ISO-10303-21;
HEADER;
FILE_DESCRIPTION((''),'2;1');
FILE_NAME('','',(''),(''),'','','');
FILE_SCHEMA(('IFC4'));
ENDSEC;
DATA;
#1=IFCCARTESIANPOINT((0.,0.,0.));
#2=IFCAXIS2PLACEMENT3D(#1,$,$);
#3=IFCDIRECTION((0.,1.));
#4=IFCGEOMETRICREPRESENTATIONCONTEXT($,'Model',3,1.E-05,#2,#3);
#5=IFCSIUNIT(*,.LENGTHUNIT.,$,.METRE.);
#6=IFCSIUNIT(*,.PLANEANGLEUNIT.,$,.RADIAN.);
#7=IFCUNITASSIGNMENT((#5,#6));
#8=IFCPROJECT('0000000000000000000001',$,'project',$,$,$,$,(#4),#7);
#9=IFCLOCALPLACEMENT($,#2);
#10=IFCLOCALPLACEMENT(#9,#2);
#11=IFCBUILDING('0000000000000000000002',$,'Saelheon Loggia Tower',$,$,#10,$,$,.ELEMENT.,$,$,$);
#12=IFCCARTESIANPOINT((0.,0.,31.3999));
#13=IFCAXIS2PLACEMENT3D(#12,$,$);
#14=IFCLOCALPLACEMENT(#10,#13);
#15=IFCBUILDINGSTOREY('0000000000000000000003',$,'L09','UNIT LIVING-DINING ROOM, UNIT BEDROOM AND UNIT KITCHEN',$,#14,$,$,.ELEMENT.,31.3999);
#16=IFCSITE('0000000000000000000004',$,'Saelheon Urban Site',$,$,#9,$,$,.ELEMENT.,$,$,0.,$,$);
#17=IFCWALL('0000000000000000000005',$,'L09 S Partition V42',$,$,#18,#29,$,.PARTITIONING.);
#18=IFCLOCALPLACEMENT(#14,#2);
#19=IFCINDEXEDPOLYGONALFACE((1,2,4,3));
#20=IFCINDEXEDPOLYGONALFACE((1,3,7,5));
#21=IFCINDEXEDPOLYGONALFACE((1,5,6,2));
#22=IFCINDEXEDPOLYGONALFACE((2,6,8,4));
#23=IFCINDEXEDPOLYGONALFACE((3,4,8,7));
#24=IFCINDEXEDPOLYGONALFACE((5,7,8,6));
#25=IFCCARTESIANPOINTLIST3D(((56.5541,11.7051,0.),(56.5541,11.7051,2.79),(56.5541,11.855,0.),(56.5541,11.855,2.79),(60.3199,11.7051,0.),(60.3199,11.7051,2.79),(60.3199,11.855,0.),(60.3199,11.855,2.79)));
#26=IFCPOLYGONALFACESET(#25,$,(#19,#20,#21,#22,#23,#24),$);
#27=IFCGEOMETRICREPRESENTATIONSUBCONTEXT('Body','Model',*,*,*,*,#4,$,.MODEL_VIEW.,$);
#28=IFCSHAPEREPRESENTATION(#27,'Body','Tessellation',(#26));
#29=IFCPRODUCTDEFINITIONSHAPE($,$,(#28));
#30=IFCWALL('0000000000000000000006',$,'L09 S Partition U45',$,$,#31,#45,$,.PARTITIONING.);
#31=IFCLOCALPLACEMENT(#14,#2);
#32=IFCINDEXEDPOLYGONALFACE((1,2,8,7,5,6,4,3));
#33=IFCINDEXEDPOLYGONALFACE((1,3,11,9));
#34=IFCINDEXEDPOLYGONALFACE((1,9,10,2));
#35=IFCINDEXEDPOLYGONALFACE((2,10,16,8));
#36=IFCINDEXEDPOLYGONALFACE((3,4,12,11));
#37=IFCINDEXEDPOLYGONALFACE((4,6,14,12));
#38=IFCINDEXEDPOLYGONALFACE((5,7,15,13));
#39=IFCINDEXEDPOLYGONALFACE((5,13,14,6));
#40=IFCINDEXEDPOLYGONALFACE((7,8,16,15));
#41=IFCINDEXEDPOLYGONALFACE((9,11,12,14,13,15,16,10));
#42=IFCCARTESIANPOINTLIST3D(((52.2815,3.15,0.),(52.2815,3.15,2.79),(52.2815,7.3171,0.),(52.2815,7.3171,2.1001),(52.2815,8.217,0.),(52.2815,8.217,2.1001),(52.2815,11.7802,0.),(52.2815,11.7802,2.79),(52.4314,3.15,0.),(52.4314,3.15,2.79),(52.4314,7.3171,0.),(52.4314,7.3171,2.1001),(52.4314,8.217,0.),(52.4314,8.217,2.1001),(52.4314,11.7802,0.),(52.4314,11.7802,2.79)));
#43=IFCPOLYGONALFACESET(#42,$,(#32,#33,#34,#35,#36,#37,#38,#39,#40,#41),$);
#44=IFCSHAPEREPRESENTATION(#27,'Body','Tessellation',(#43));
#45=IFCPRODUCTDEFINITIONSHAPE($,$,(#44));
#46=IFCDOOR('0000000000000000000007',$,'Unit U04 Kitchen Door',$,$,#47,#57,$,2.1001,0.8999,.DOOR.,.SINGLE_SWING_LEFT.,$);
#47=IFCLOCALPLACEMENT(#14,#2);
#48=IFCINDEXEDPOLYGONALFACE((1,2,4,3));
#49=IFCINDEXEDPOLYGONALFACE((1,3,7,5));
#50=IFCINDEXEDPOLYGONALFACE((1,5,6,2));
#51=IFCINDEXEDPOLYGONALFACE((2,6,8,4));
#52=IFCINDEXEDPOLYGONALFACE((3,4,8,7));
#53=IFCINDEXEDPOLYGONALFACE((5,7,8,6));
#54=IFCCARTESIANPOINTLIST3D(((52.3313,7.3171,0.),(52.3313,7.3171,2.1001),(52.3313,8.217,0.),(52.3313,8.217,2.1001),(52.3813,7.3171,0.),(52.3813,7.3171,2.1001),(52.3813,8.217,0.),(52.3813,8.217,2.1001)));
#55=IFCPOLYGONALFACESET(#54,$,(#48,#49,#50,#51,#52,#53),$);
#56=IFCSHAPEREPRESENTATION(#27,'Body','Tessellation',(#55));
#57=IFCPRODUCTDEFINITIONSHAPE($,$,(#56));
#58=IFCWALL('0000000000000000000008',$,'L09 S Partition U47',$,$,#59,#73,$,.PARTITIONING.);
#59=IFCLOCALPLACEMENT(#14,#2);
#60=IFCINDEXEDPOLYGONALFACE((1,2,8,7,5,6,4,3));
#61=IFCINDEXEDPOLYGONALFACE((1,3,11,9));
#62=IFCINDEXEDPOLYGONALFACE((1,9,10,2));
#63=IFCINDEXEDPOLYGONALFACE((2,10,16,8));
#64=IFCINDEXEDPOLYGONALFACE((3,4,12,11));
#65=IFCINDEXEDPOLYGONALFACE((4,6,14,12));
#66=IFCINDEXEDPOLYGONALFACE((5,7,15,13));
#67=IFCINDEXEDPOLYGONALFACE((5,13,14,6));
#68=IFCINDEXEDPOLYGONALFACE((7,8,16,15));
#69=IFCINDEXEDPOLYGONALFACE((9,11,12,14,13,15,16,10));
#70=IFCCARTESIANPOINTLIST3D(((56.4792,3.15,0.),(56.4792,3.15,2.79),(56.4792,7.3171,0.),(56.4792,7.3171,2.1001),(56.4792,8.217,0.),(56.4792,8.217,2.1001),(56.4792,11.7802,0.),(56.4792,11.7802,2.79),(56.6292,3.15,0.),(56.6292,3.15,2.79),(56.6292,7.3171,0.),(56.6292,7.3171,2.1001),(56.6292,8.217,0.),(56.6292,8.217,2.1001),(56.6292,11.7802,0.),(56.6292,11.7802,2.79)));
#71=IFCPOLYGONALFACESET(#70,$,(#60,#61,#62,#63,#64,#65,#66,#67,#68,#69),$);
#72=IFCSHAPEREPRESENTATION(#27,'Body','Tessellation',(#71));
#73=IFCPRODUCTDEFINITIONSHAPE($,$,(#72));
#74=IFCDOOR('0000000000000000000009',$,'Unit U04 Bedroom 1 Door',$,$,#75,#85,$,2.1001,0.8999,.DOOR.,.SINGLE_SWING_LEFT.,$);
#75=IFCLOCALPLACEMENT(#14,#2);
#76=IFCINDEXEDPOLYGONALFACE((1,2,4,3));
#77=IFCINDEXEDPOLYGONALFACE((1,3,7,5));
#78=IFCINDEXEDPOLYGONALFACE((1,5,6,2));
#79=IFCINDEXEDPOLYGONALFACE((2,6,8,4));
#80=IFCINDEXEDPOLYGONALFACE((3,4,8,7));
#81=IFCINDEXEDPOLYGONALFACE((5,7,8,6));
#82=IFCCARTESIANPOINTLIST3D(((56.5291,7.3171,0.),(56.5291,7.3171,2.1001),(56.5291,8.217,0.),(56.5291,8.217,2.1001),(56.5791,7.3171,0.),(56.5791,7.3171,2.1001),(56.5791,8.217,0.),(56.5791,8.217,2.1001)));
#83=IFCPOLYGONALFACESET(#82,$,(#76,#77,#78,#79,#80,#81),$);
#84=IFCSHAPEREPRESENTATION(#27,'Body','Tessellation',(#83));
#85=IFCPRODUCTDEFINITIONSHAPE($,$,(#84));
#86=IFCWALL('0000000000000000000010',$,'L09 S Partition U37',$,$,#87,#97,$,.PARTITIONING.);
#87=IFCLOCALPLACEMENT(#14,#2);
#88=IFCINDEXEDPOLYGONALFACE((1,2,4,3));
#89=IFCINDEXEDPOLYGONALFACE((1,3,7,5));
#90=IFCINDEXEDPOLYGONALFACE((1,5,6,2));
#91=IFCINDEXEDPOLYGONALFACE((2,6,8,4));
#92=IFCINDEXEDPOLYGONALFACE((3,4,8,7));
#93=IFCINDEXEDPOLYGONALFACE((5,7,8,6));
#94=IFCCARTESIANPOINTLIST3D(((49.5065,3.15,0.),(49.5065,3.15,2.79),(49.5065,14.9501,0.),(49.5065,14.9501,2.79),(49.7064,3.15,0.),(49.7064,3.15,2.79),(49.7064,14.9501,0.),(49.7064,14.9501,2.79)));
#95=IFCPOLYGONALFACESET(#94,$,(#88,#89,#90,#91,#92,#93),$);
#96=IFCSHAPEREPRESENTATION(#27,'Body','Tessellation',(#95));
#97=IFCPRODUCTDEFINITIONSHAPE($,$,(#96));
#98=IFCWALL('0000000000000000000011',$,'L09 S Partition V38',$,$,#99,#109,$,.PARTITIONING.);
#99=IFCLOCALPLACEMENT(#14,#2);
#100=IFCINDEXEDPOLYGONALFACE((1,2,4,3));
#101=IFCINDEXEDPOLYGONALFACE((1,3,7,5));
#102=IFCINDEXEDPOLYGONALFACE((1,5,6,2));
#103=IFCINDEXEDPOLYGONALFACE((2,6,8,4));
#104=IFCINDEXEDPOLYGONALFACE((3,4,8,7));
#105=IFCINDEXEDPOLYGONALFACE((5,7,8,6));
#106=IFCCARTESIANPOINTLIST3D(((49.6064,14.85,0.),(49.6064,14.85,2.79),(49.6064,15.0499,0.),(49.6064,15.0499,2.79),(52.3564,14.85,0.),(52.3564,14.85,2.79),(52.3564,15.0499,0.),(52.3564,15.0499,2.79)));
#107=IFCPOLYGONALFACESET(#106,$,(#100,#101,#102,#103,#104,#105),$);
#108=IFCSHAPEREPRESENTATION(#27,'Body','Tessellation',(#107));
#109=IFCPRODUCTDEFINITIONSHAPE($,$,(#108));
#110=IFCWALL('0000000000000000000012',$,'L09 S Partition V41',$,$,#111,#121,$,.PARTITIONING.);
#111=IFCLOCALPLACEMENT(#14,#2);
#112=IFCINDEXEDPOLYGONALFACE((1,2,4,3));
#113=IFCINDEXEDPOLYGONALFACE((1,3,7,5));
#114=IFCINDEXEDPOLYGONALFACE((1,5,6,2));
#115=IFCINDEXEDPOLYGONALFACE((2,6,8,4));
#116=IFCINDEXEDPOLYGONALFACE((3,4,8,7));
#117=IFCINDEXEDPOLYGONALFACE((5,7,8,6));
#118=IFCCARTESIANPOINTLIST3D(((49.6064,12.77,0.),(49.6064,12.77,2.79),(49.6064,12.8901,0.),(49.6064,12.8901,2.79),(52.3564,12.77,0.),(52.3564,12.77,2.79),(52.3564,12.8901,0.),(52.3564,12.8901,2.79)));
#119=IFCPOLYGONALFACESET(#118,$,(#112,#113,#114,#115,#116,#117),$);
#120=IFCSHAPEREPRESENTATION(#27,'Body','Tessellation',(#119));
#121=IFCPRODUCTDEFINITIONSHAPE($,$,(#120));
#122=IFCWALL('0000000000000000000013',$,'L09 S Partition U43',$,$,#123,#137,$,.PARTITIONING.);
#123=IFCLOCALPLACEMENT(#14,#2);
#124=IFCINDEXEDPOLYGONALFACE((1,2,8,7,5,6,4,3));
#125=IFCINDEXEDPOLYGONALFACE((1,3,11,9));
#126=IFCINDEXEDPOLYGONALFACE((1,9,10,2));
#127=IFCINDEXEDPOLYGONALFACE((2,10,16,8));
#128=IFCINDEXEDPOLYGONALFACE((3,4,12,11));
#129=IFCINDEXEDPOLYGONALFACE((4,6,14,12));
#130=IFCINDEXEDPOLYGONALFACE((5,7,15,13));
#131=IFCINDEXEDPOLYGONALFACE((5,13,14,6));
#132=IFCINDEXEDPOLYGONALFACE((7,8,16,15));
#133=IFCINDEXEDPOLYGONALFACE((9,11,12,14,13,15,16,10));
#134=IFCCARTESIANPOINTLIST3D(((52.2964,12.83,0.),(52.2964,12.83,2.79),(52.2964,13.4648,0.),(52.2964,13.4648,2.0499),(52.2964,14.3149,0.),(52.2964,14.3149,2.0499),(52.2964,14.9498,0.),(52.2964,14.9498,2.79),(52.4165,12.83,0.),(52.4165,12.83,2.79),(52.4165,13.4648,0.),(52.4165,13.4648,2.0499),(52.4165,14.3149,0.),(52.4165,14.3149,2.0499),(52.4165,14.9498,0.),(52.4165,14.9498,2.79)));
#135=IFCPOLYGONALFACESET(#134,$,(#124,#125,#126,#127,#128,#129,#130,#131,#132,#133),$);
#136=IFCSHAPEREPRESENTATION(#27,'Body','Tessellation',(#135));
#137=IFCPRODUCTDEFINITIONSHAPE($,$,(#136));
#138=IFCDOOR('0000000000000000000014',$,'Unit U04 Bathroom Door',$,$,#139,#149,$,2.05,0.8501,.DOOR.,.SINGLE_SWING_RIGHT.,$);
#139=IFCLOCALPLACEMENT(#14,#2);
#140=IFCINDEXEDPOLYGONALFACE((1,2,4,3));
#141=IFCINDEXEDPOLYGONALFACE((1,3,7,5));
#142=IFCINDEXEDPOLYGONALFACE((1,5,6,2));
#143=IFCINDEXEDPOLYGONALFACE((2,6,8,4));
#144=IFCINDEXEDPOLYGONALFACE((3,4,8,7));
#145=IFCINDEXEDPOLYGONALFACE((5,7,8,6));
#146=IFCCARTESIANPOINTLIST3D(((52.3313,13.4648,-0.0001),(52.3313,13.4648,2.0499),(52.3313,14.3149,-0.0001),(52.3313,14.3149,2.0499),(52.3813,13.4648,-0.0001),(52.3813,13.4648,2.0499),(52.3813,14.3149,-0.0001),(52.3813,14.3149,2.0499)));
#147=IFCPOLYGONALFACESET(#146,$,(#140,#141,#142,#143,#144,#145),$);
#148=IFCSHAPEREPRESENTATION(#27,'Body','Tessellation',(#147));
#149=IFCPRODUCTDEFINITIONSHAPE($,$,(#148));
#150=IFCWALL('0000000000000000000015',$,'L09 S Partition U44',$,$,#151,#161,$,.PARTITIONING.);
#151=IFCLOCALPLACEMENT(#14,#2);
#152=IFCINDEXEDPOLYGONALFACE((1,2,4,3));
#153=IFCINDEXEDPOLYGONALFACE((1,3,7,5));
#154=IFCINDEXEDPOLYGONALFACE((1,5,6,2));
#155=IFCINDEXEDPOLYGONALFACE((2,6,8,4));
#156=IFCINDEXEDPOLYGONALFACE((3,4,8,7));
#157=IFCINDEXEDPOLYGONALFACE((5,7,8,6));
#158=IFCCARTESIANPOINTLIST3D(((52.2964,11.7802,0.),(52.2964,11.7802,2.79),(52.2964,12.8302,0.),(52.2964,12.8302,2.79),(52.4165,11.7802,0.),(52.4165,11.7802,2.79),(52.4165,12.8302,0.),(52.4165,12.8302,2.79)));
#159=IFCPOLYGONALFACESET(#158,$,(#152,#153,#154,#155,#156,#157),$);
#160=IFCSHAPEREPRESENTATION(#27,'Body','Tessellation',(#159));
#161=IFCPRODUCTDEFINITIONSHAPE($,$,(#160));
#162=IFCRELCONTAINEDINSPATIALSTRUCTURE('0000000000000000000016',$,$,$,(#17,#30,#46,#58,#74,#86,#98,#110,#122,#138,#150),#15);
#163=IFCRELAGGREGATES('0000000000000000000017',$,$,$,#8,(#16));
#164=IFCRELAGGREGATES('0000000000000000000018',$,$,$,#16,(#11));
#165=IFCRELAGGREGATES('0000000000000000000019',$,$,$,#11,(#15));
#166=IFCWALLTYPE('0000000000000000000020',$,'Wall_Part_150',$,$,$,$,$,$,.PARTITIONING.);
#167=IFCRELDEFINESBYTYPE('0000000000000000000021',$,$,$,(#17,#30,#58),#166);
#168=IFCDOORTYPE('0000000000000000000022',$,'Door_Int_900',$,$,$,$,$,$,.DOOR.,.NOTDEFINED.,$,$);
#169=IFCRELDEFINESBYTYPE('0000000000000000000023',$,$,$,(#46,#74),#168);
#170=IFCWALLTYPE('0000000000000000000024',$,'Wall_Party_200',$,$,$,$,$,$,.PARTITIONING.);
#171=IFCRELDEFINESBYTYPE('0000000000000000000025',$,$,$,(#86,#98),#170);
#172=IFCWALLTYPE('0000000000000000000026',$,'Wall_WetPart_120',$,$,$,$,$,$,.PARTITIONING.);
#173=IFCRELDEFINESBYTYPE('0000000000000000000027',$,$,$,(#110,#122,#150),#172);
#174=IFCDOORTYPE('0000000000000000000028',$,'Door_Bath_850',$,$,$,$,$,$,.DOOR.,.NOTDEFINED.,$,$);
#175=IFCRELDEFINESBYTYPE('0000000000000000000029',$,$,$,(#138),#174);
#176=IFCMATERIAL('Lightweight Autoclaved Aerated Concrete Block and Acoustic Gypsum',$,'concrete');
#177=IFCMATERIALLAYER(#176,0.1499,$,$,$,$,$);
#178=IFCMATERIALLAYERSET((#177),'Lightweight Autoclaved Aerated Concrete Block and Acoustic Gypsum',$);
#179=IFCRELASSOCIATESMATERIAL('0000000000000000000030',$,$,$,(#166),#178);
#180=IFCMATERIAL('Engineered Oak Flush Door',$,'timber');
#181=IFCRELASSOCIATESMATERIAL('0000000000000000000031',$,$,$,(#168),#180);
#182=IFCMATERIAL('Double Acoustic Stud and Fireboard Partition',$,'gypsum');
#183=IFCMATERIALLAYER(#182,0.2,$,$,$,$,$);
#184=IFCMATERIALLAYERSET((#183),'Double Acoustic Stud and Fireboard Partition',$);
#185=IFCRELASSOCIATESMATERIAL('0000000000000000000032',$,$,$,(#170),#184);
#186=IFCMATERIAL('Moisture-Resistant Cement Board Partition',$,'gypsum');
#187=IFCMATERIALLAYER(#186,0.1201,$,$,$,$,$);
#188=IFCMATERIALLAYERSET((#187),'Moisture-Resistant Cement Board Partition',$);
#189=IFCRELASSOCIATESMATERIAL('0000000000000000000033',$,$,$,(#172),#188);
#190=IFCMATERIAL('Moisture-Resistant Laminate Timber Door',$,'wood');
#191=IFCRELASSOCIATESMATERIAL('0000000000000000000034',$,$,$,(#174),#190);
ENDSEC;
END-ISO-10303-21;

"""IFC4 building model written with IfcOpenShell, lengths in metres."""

from ifc_helpers import new_model, si_unit, direction, frame, frame_2d, origin, place, context, subcontext, project, spatial, rectangle, extrude, source, transform, mapped, material, layer, layer_set, type_object, element, fill, save


model = new_model("IFC4")

# Units and contexts
model_context = context("Model", 3, precision=1e-05, world=origin(), true_north=direction((0.0, 1.0)))
body_context = subcontext(model_context, "Body", "Model", "MODEL_VIEW")
ifc_project = project(units=[si_unit("LENGTHUNIT", "METRE"), si_unit("PLANEANGLEUNIT", "RADIAN")], contexts=[model_context])

# Site, building, storey
site_placement = place(None, origin())
site = spatial("IfcSite", under=ifc_project, at=site_placement, Name="Saelheon Urban Site", CompositionType="ELEMENT", RefElevation=0.0)
building_placement = place(site_placement, origin())
building = spatial("IfcBuilding", under=site, at=building_placement, Name="Saelheon Loggia Tower", CompositionType="ELEMENT")
storey_placement = place(building_placement, frame((0.0, 0.0, 31.3999)))
storey = spatial("IfcBuildingStorey", under=building, at=storey_placement, Name="L09", Description="UNIT LIVING-DINING ROOM, UNIT BEDROOM AND UNIT KITCHEN", CompositionType="ELEMENT", Elevation=31.3999)

# Wall
ifc_material_1 = material(Name="Lightweight Autoclaved Aerated Concrete Block and Acoustic Gypsum", Category="concrete")
ifc_layer_1 = layer(ifc_material_1, 0.1499)
ifc_layer_set_1 = layer_set([ifc_layer_1], Name="Lightweight Autoclaved Aerated Concrete Block and Acoustic Gypsum")
wall_type_1 = type_object("IfcWallType", Name="Wall_Part_150", PredefinedType="PARTITIONING", material=ifc_layer_set_1)
wall_1_placement = place(storey_placement, frame((56.5542, 11.78, 0.0), z_axis=(0.0, 0.0, 1.0), x_axis=(1.0, 0.0, 0.0)))
element("IfcWall", 1, at=wall_1_placement, inside=storey, type_object=wall_type_1, Name="L09 S Partition V42", PredefinedType="PARTITIONING", context=body_context, shape_type="SweptSolid", body=[
    extrude(rectangle(XDim=3.7659, YDim=0.1499, at=frame_2d((1.8828, 0.0))), origin(), (0.0, 0.0, 1.0), 2.79),
])

# Walls, openings, doors
wall_2_placement = place(storey_placement, frame((52.3564, 11.78, 0.0), z_axis=(0.0, 0.0, 1.0), x_axis=(0.0, -1.0, 0.0)))
wall_2 = element("IfcWall", 2, at=wall_2_placement, inside=storey, type_object=wall_type_1, Name="L09 S Partition U45", PredefinedType="PARTITIONING", context=body_context, shape_type="SweptSolid", body=[
    extrude(rectangle(XDim=8.6301, YDim=0.1499, at=frame_2d((4.3149, 0.0))), origin(), (0.0, 0.0, 1.0), 2.79),
])
opening_1_placement = place(wall_2_placement, frame((3.563, 0.0, 0.0)))
opening_1 = element("IfcOpeningElement", 3, at=opening_1_placement, cuts=wall_2, PredefinedType="OPENING", context=body_context, shape_type="SweptSolid", body=[
    extrude(rectangle(XDim=0.8999, YDim=2.1001, at=frame_2d((0.45, 1.05))), frame((0.0, 0.0869, 0.0), z_axis=(0.0, -1.0, 0.0), x_axis=(1.0, 0.0, 0.0)), (0.0, 0.0, 1.0), 0.1738),
])
ifc_material_2 = material(Name="Engineered Oak Flush Door", Category="timber")
door_type_1 = type_object("IfcDoorType", Name="Door_Int_900", OperationType="NOTDEFINED", PredefinedType="DOOR", material=ifc_material_2)
shared_shape_1 = source(origin(), body_context, "Body", "SweptSolid", [
    extrude(rectangle(XDim=0.8999, YDim=2.1001, at=frame_2d((0.45, 1.05))), frame((0.0, 0.0249, 0.0), z_axis=(0.0, -1.0, 0.0), x_axis=(1.0, 0.0, 0.0)), (0.0, 0.0, 1.0), 0.05),
])
door_1_placement = place(opening_1_placement, origin())
door_1 = element("IfcDoor", 4, at=door_1_placement, inside=storey, type_object=door_type_1, Name="Unit U04 Kitchen Door", OperationType="SINGLE_SWING_LEFT", OverallHeight=2.1001, OverallWidth=0.8999, PredefinedType="DOOR", context=body_context, shape_type="MappedRepresentation", body=[
    mapped(shared_shape_1, transform((0.0, 0.0, 0.0), scale=1.0)),
])
fill(opening_1, door_1)
wall_3_placement = place(storey_placement, frame((56.5542, 11.78, 0.0), z_axis=(0.0, 0.0, 1.0), x_axis=(0.0, -1.0, 0.0)))
wall_3 = element("IfcWall", 5, at=wall_3_placement, inside=storey, type_object=wall_type_1, Name="L09 S Partition U47", PredefinedType="PARTITIONING", context=body_context, shape_type="SweptSolid", body=[
    extrude(rectangle(XDim=8.6301, YDim=0.1499, at=frame_2d((4.3149, 0.0))), origin(), (0.0, 0.0, 1.0), 2.79),
])
opening_2_placement = place(wall_3_placement, frame((3.563, 0.0, 0.0)))
opening_2 = element("IfcOpeningElement", 6, at=opening_2_placement, cuts=wall_3, PredefinedType="OPENING", context=body_context, shape_type="SweptSolid", body=[
    extrude(rectangle(XDim=0.8999, YDim=2.1001, at=frame_2d((0.45, 1.05))), frame((0.0, 0.0869, 0.0), z_axis=(0.0, -1.0, 0.0), x_axis=(1.0, 0.0, 0.0)), (0.0, 0.0, 1.0), 0.1738),
])
door_2_placement = place(opening_2_placement, origin())
door_2 = element("IfcDoor", 7, at=door_2_placement, inside=storey, type_object=door_type_1, Name="Unit U04 Bedroom 1 Door", OperationType="SINGLE_SWING_LEFT", OverallHeight=2.1001, OverallWidth=0.8999, PredefinedType="DOOR", context=body_context, shape_type="MappedRepresentation", body=[
    mapped(shared_shape_1, transform((0.0, 0.0, 0.0), scale=1.0)),
])
fill(opening_2, door_2)

# Walls
ifc_material_3 = material(Name="Double Acoustic Stud and Fireboard Partition", Category="gypsum")
ifc_layer_2 = layer(ifc_material_3, 0.2)
ifc_layer_set_2 = layer_set([ifc_layer_2], Name="Double Acoustic Stud and Fireboard Partition")
wall_type_2 = type_object("IfcWallType", Name="Wall_Party_200", PredefinedType="PARTITIONING", material=ifc_layer_set_2)
wall_4_placement = place(storey_placement, frame((49.6064, 14.95, 0.0), z_axis=(0.0, 0.0, 1.0), x_axis=(0.0, -1.0, 0.0)))
element("IfcWall", 8, at=wall_4_placement, inside=storey, type_object=wall_type_2, Name="L09 S Partition U37", PredefinedType="PARTITIONING", context=body_context, shape_type="SweptSolid", body=[
    extrude(rectangle(XDim=11.8, YDim=0.2, at=frame_2d((5.8999, 0.0))), origin(), (0.0, 0.0, 1.0), 2.79),
])
wall_5_placement = place(storey_placement, frame((49.6064, 14.95, 0.0), z_axis=(0.0, 0.0, 1.0), x_axis=(1.0, 0.0, 0.0)))
element("IfcWall", 9, at=wall_5_placement, inside=storey, type_object=wall_type_2, Name="L09 S Partition V38", PredefinedType="PARTITIONING", context=body_context, shape_type="SweptSolid", body=[
    extrude(rectangle(XDim=2.75, YDim=0.2, at=frame_2d((1.375, 0.0))), origin(), (0.0, 0.0, 1.0), 2.79),
])

# Wall
ifc_material_4 = material(Name="Moisture-Resistant Cement Board Partition", Category="gypsum")
ifc_layer_3 = layer(ifc_material_4, 0.1201)
ifc_layer_set_3 = layer_set([ifc_layer_3], Name="Moisture-Resistant Cement Board Partition")
wall_type_3 = type_object("IfcWallType", Name="Wall_WetPart_120", PredefinedType="PARTITIONING", material=ifc_layer_set_3)
wall_6_placement = place(storey_placement, frame((49.6064, 12.8301, 0.0), z_axis=(0.0, 0.0, 1.0), x_axis=(1.0, 0.0, 0.0)))
element("IfcWall", 10, at=wall_6_placement, inside=storey, type_object=wall_type_3, Name="L09 S Partition V41", PredefinedType="PARTITIONING", context=body_context, shape_type="SweptSolid", body=[
    extrude(rectangle(XDim=2.75, YDim=0.1201, at=frame_2d((1.375, 0.0))), origin(), (0.0, 0.0, 1.0), 2.79),
])

# Wall, opening, door
wall_7_placement = place(storey_placement, frame((52.3564, 14.95, 0.0), z_axis=(0.0, 0.0, 1.0), x_axis=(0.0, -1.0, 0.0)))
wall_7 = element("IfcWall", 11, at=wall_7_placement, inside=storey, type_object=wall_type_3, Name="L09 S Partition U43", PredefinedType="PARTITIONING", context=body_context, shape_type="SweptSolid", body=[
    extrude(rectangle(XDim=2.1199, YDim=0.1201, at=frame_2d((1.0601, 0.0))), origin(), (0.0, 0.0, 1.0), 2.79),
])
opening_3_placement = place(wall_7_placement, frame((0.635, 0.0, 0.0)))
opening_3 = element("IfcOpeningElement", 12, at=opening_3_placement, cuts=wall_7, PredefinedType="OPENING", context=body_context, shape_type="SweptSolid", body=[
    extrude(rectangle(XDim=0.8501, YDim=2.05, at=frame_2d((0.425, 1.0249))), frame((0.0, 0.072, 0.0), z_axis=(0.0, -1.0, 0.0), x_axis=(1.0, 0.0, 0.0)), (0.0, 0.0, 1.0), 0.144),
])
ifc_material_5 = material(Name="Moisture-Resistant Laminate Timber Door", Category="wood")
door_type_2 = type_object("IfcDoorType", Name="Door_Bath_850", OperationType="NOTDEFINED", PredefinedType="DOOR", material=ifc_material_5)
shared_shape_2 = source(origin(), body_context, "Body", "SweptSolid", [
    extrude(rectangle(XDim=0.8501, YDim=2.05, at=frame_2d((0.425, 1.0249))), frame((0.0, 0.0249, 0.0), z_axis=(0.0, -1.0, 0.0), x_axis=(1.0, 0.0, 0.0)), (0.0, 0.0, 1.0), 0.05),
])
door_3_placement = place(opening_3_placement, origin())
door_3 = element("IfcDoor", 13, at=door_3_placement, inside=storey, type_object=door_type_2, Name="Unit U04 Bathroom Door", OperationType="SINGLE_SWING_RIGHT", OverallHeight=2.05, OverallWidth=0.8501, PredefinedType="DOOR", context=body_context, shape_type="MappedRepresentation", body=[
    mapped(shared_shape_2, transform((0.0, 0.0, 0.0), scale=1.0)),
])
fill(opening_3, door_3)

# Wall
wall_8_placement = place(storey_placement, frame((52.3564, 12.8301, 0.0), z_axis=(0.0, 0.0, 1.0), x_axis=(0.0, -1.0, 0.0)))
element("IfcWall", 14, at=wall_8_placement, inside=storey, type_object=wall_type_3, Name="L09 S Partition U44", PredefinedType="PARTITIONING", context=body_context, shape_type="SweptSolid", body=[
    extrude(rectangle(XDim=1.05, YDim=0.1201, at=frame_2d((0.5249, 0.0))), origin(), (0.0, 0.0, 1.0), 2.79),
])

save(model, "model.ifc")
